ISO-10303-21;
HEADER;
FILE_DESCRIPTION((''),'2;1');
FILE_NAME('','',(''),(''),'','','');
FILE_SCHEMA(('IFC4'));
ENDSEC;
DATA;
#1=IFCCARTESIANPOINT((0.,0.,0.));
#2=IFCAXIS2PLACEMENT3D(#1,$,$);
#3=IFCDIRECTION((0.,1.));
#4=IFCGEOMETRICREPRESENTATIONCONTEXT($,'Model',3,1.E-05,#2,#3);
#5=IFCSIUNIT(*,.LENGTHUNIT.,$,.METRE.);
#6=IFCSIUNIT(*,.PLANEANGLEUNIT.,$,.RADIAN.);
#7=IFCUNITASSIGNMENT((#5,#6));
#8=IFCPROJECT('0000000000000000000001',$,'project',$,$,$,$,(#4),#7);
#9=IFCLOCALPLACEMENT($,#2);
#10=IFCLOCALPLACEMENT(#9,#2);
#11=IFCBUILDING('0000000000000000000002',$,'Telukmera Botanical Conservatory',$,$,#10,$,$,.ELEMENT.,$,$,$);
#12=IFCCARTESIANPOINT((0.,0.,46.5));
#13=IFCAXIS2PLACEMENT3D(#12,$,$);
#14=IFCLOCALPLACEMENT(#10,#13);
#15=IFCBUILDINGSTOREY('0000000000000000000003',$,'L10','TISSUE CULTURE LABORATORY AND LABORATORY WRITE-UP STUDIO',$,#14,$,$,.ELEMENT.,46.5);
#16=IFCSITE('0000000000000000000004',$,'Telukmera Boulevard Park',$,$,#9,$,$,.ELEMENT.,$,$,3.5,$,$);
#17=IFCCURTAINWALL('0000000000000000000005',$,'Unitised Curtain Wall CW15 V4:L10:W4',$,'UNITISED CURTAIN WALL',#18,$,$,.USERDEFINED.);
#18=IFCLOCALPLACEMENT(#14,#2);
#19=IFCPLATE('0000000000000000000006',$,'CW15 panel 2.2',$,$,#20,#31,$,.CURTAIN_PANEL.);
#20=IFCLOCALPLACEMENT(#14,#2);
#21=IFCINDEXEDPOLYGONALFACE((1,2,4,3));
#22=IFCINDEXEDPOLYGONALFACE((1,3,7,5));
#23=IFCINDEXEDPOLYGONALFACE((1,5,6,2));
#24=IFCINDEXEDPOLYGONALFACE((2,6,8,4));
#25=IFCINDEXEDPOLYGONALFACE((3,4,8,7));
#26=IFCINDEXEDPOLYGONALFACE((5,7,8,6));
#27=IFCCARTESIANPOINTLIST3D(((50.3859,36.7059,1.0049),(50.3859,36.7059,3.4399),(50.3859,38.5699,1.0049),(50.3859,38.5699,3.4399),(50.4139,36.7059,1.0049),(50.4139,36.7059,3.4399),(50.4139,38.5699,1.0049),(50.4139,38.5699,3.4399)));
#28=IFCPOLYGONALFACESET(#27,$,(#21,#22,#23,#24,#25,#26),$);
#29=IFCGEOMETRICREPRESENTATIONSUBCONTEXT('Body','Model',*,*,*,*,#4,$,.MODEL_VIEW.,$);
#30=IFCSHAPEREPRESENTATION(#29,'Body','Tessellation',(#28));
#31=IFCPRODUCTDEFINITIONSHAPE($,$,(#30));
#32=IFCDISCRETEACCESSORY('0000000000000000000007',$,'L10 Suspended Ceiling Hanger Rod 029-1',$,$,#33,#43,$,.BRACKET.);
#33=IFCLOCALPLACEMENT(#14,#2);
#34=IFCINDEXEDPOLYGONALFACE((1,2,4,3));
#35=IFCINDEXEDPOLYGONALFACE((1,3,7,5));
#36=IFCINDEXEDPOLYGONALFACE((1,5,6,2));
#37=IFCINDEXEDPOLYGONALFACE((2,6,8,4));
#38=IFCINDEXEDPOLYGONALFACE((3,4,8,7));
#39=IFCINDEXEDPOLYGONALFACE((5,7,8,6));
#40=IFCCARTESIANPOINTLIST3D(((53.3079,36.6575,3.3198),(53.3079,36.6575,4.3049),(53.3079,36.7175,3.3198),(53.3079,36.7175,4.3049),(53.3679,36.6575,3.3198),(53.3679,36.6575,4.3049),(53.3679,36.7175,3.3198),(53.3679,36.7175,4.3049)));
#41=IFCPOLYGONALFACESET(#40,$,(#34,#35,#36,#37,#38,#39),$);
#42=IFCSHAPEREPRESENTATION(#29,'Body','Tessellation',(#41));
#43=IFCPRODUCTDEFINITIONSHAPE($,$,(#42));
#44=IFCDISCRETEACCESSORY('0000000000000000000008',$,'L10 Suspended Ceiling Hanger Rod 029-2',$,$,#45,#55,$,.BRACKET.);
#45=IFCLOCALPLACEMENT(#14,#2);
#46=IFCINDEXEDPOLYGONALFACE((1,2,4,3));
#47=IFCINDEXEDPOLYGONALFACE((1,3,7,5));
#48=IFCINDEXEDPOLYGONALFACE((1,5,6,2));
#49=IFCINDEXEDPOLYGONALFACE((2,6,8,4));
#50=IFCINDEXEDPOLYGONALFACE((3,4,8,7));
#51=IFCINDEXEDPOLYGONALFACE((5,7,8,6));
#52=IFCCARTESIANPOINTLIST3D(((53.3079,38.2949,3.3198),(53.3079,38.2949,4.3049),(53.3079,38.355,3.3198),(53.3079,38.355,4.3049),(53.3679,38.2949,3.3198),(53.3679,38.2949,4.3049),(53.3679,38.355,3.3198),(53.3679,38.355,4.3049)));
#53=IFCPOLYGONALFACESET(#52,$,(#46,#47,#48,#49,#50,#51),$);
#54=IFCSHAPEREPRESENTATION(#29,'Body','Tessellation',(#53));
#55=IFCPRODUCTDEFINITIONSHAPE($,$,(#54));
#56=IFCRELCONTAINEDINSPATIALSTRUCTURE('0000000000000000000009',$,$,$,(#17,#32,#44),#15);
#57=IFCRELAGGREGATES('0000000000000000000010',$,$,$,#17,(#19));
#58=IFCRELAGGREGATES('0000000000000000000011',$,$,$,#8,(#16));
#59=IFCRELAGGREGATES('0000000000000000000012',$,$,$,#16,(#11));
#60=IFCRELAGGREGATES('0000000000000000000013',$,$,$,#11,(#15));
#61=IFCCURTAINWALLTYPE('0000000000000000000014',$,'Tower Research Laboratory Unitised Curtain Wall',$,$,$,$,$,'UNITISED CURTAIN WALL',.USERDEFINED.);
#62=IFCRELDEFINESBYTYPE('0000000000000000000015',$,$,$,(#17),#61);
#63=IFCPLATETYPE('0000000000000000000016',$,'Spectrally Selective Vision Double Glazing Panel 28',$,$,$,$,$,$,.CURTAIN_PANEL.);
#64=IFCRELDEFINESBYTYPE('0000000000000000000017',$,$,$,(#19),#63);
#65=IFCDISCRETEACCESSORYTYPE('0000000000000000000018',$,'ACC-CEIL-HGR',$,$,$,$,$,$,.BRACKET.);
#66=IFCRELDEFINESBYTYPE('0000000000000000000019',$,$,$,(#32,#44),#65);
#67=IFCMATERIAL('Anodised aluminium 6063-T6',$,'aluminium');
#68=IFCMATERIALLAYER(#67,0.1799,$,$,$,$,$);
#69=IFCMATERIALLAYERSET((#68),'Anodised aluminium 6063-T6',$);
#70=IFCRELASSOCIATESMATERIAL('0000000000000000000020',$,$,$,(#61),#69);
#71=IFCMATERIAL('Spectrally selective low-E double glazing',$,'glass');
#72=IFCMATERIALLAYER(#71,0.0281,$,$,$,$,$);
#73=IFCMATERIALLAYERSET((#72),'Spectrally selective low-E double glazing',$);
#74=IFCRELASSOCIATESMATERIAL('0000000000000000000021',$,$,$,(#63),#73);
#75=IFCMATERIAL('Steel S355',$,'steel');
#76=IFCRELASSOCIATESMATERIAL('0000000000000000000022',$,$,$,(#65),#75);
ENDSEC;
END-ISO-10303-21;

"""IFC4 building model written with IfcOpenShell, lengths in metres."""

from ifc_helpers import new_model, si_unit, direction, frame, origin, origin_2d, place, context, subcontext, project, spatial, rectangle, extrude, material, layer, layer_set, type_object, element, aggregate, save


model = new_model("IFC4")

# Units and contexts
model_context = context("Model", 3, precision=1e-05, world=origin(), true_north=direction((0.0, 1.0)))
body_context = subcontext(model_context, "Body", "Model", "MODEL_VIEW")
ifc_project = project(units=[si_unit("LENGTHUNIT", "METRE"), si_unit("PLANEANGLEUNIT", "RADIAN")], contexts=[model_context])

# Site, building, storey
site_placement = place(None, origin())
site = spatial("IfcSite", under=ifc_project, at=site_placement, Name="Telukmera Boulevard Park", CompositionType="ELEMENT", RefElevation=3.5)
building_placement = place(site_placement, origin())
building = spatial("IfcBuilding", under=site, at=building_placement, Name="Telukmera Botanical Conservatory", CompositionType="ELEMENT")
storey_placement = place(building_placement, frame((0.0, 0.0, 46.5)))
storey = spatial("IfcBuildingStorey", under=building, at=storey_placement, Name="L10", Description="TISSUE CULTURE LABORATORY AND LABORATORY WRITE-UP STUDIO", CompositionType="ELEMENT", Elevation=46.5)

# Curtain wall, plate
ifc_material_1 = material(Name="Anodised aluminium 6063-T6", Category="aluminium")
ifc_layer_1 = layer(ifc_material_1, 0.1799)
ifc_layer_set_1 = layer_set([ifc_layer_1], Name="Anodised aluminium 6063-T6")
curtain_wall_type = type_object("IfcCurtainWallType", Name="Tower Research Laboratory Unitised Curtain Wall", ElementType="UNITISED CURTAIN WALL", PredefinedType="USERDEFINED", material=ifc_layer_set_1)
curtain_wall_placement = place(storey_placement, origin())
curtain_wall = element("IfcCurtainWall", 1, at=curtain_wall_placement, inside=storey, type_object=curtain_wall_type, Name="Unitised Curtain Wall CW15 V4:L10:W4", ObjectType="UNITISED CURTAIN WALL", PredefinedType="USERDEFINED")
ifc_material_2 = material(Name="Spectrally selective low-E double glazing", Category="glass")
ifc_layer_2 = layer(ifc_material_2, 0.0281)
ifc_layer_set_2 = layer_set([ifc_layer_2], Name="Spectrally selective low-E double glazing")
plate_type = type_object("IfcPlateType", Name="Spectrally Selective Vision Double Glazing Panel 28", PredefinedType="CURTAIN_PANEL", material=ifc_layer_set_2)
plate_1_placement = place(storey_placement, frame((50.3999, 37.6379, 1.0049), z_axis=(0.0, 0.0, 1.0), x_axis=(0.0, 1.0, 0.0)))
plate_1 = element("IfcPlate", 2, at=plate_1_placement, type_object=plate_type, Name="CW15 panel 2.2", PredefinedType="CURTAIN_PANEL", context=body_context, shape_type="SweptSolid", body=[
    extrude(rectangle(XDim=1.864, YDim=0.0281, at=origin_2d()), origin(), (0.0, 0.0, 1.0), 2.4351),
])
aggregate(curtain_wall, [plate_1])

# Discrete accessories
ifc_material_3 = material(Name="Steel S355", Category="steel")
discrete_accessory_type = type_object("IfcDiscreteAccessoryType", Name="ACC-CEIL-HGR", PredefinedType="BRACKET", material=ifc_material_3)
for number, where, z_axis, x_axis, name in (
    (3, (53.3379, 36.6875, 3.3198), (0.0, 0.0, 1.0), (1.0, 0.0, 0.0), "L10 Suspended Ceiling Hanger Rod 029-1"),
    (4, (53.3379, 38.325, 3.3198), (0.0, 0.0, 1.0), (1.0, 0.0, 0.0), "L10 Suspended Ceiling Hanger Rod 029-2"),
):
    element("IfcDiscreteAccessory", number, at=place(storey_placement, frame(where, z_axis=z_axis, x_axis=x_axis)), inside=storey, type_object=discrete_accessory_type, Name=name, PredefinedType="BRACKET", context=body_context, shape_type="SweptSolid", body=[
        extrude(rectangle(XDim=0.0601, YDim=0.0601, at=origin_2d()), origin(), (0.0, 0.0, 1.0), 0.9851),
    ])

save(model, "model.ifc")
